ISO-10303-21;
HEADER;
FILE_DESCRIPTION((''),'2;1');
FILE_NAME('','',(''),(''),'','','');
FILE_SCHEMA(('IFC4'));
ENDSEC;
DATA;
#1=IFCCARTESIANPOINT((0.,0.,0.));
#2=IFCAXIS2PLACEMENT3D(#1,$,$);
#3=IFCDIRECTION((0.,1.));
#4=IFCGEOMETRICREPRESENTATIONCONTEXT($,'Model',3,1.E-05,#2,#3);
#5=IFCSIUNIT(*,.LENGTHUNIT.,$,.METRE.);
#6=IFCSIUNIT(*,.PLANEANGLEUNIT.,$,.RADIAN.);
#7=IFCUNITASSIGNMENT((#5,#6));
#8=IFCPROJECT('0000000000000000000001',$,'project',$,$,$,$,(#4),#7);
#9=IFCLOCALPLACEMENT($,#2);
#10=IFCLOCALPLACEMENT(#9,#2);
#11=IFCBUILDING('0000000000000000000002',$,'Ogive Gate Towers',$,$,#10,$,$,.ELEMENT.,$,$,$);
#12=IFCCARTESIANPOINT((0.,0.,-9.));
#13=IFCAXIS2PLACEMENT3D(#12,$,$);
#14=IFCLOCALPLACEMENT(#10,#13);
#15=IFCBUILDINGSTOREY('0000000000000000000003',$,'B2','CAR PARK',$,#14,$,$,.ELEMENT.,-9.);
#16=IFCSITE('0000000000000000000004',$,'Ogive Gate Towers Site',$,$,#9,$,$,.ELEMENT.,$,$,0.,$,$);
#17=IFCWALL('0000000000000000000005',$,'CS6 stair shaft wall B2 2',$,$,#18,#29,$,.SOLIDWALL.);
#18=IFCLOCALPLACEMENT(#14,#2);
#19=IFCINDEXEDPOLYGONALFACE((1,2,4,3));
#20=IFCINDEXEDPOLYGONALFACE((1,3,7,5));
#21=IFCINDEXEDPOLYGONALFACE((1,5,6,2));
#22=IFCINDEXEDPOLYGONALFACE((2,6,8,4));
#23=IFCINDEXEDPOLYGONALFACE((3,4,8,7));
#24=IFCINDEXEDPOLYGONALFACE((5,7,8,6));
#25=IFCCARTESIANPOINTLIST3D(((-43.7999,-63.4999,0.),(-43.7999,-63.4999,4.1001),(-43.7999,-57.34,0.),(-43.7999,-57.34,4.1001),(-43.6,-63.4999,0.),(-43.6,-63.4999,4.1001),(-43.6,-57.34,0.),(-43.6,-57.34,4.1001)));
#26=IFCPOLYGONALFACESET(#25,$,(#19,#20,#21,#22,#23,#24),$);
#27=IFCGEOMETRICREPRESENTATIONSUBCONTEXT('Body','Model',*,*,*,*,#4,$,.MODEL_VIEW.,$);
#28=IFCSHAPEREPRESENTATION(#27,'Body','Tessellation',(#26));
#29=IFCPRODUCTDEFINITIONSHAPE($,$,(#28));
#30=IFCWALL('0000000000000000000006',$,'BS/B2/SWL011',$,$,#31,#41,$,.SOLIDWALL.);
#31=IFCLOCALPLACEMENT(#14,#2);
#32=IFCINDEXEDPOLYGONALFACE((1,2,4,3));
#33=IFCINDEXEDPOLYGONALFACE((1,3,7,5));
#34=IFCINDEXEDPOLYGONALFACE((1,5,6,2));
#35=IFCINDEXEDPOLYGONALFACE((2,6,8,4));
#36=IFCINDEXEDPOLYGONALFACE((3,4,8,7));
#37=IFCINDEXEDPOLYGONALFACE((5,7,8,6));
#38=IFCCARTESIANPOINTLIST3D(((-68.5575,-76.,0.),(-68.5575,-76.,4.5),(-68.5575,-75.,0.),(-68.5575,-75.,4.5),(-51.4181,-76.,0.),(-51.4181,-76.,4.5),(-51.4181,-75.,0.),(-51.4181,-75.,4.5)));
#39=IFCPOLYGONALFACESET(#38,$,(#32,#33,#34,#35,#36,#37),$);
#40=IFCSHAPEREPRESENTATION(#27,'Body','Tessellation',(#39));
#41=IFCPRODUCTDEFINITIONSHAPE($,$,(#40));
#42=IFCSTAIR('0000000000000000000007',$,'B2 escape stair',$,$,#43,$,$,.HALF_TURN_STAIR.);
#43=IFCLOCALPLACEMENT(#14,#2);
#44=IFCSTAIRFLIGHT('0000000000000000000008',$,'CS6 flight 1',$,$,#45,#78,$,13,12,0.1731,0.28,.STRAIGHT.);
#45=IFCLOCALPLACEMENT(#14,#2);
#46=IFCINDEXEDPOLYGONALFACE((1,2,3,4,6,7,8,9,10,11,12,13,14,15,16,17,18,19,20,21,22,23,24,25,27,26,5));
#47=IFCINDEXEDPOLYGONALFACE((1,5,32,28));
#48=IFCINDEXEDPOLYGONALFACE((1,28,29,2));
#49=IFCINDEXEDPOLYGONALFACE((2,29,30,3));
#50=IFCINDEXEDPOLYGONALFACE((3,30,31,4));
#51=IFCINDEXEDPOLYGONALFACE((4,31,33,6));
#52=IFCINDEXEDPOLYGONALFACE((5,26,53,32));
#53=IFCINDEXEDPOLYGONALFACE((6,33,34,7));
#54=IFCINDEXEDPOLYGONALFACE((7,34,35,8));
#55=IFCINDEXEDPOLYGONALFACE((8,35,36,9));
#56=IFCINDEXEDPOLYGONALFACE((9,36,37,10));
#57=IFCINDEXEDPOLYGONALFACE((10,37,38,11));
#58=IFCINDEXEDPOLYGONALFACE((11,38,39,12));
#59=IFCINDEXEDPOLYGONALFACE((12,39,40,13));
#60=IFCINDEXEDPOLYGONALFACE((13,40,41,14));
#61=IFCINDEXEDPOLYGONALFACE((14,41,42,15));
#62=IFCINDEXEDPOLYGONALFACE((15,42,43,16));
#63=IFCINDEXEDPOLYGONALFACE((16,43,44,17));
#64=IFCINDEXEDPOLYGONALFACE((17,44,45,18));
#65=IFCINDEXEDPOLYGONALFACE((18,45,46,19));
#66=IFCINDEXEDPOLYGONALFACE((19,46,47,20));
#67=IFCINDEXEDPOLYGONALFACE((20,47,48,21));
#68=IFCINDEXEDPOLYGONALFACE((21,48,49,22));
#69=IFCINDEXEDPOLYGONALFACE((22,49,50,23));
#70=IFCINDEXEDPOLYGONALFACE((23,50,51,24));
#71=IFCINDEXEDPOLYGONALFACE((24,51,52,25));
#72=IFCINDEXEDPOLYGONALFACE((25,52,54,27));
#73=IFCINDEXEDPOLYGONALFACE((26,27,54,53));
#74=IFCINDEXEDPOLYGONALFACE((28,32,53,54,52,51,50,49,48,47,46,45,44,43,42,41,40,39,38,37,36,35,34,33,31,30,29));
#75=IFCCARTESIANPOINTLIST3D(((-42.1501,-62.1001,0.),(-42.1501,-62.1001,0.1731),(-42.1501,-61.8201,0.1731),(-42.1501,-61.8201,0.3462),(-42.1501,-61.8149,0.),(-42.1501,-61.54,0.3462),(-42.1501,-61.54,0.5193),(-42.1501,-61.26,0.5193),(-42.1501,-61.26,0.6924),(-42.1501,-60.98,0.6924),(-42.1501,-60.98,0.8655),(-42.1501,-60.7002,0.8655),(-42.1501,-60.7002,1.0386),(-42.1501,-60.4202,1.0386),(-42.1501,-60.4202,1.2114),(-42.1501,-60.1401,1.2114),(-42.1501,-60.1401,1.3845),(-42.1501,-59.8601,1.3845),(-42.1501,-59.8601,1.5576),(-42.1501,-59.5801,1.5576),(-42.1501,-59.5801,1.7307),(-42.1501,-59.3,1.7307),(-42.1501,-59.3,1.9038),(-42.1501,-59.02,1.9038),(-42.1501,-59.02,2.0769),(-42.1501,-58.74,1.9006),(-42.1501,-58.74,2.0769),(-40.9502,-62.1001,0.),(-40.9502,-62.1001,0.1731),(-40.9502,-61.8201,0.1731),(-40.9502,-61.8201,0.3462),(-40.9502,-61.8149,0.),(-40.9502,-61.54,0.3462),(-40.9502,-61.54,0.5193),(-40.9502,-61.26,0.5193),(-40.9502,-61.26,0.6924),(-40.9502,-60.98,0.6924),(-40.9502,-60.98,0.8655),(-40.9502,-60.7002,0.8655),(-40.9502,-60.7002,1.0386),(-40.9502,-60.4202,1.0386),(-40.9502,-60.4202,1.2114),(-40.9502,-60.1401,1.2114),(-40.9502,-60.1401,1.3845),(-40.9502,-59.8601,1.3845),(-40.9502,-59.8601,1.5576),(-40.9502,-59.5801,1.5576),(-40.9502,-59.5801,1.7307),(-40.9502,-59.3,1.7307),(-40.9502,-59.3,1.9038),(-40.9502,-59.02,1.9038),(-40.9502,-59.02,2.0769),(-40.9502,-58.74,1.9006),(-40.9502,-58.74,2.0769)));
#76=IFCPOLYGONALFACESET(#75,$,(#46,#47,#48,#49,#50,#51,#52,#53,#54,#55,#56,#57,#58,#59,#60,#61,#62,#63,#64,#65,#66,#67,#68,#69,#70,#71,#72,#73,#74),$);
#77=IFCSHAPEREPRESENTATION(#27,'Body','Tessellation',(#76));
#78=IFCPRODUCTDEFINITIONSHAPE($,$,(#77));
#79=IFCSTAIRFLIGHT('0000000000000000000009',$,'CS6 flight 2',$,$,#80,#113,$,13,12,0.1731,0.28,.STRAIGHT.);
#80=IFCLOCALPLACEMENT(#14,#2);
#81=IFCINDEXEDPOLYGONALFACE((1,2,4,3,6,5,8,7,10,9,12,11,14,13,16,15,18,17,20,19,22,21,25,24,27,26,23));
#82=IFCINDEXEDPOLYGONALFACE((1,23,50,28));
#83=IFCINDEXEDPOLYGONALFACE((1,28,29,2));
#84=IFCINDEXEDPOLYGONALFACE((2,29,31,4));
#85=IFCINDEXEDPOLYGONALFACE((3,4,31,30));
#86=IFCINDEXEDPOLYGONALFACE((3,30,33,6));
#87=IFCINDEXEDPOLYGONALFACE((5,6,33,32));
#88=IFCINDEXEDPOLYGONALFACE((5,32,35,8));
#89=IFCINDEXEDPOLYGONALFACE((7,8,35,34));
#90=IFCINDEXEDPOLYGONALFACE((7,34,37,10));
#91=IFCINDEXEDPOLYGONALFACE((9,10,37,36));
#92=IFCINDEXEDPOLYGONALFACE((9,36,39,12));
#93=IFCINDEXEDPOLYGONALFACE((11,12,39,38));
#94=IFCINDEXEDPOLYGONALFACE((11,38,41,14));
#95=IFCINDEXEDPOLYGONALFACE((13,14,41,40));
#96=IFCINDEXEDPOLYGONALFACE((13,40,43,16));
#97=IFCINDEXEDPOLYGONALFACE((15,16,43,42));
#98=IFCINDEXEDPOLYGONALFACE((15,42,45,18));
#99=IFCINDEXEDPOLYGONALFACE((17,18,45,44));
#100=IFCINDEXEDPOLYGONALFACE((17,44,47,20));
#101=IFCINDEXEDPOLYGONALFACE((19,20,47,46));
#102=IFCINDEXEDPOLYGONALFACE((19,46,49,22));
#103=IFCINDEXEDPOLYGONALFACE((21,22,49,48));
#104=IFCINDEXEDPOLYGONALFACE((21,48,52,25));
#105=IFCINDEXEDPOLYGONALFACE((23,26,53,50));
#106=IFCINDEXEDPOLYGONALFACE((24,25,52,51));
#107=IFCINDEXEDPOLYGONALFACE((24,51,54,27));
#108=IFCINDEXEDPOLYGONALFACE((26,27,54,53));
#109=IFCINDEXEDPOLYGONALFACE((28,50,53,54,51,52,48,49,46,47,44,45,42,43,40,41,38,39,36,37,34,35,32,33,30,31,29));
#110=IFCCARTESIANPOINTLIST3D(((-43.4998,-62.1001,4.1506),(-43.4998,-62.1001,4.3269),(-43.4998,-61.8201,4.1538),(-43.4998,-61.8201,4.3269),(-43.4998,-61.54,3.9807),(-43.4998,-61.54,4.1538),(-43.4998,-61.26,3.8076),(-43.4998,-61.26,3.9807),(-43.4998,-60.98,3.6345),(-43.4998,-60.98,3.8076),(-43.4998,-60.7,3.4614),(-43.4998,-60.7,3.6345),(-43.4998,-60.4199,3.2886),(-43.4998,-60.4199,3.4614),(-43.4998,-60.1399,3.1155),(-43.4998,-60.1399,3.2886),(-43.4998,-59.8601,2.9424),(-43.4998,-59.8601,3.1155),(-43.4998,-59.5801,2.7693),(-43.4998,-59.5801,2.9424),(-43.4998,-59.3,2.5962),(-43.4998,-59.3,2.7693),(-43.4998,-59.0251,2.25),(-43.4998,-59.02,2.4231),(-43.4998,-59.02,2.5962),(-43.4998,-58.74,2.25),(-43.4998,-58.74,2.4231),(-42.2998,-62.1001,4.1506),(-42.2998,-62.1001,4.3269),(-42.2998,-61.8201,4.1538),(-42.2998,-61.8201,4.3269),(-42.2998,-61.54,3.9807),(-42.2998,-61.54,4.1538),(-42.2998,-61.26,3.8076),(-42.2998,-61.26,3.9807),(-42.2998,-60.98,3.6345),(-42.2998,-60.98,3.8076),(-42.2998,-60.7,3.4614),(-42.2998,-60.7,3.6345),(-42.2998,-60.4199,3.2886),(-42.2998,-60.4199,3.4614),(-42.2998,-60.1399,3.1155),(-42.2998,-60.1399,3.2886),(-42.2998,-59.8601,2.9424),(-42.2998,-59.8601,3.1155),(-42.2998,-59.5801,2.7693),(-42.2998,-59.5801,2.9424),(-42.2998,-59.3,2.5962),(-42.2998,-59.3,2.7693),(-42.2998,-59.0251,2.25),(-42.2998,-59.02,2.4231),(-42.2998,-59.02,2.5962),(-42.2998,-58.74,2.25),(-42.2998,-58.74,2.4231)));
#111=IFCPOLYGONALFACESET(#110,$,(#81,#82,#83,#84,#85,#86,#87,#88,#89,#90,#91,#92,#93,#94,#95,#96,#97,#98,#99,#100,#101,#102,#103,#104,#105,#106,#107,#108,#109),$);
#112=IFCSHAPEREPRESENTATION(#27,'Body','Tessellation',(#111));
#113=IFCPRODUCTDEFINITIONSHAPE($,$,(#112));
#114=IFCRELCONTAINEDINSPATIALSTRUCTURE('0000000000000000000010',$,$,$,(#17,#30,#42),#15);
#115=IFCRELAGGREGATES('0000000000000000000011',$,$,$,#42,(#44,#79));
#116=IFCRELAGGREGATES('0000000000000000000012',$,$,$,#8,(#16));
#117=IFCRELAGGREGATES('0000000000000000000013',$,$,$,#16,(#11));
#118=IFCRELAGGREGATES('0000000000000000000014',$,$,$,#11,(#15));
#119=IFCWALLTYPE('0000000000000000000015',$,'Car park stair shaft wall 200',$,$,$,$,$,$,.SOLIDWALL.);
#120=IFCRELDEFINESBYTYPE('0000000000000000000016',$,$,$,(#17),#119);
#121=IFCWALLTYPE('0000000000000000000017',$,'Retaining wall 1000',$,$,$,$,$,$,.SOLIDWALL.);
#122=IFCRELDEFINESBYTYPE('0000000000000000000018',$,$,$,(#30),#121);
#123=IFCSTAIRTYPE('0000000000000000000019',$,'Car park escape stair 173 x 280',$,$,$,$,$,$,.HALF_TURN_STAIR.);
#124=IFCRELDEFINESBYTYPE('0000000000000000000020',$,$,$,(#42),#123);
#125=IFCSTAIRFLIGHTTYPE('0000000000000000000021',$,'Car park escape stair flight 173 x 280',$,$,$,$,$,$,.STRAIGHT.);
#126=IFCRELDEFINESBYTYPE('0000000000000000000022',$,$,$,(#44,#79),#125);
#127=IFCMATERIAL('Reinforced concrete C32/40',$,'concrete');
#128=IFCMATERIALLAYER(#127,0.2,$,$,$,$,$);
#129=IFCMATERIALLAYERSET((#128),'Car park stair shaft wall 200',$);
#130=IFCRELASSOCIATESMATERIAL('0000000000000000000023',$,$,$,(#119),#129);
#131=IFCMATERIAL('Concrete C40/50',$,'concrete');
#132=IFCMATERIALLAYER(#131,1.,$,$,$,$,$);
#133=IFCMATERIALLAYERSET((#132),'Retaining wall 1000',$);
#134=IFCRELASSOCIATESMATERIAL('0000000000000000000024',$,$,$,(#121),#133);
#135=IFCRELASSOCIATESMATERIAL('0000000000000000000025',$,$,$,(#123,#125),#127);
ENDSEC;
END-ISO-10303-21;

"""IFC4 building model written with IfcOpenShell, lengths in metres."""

from ifc_helpers import new_model, si_unit, direction, frame, frame_2d, origin, place, context, subcontext, project, spatial, polyline, rectangle, outline, extrude, material, layer, layer_set, type_object, element, aggregate, save


model = new_model("IFC4")

# Units and contexts
model_context = context("Model", 3, precision=1e-05, world=origin(), true_north=direction((0.0, 1.0)))
body_context = subcontext(model_context, "Body", "Model", "MODEL_VIEW")
ifc_project = project(units=[si_unit("LENGTHUNIT", "METRE"), si_unit("PLANEANGLEUNIT", "RADIAN")], contexts=[model_context])

# Site, building, storey
site_placement = place(None, origin())
site = spatial("IfcSite", under=ifc_project, at=site_placement, Name="Ogive Gate Towers Site", CompositionType="ELEMENT", RefElevation=0.0)
building_placement = place(site_placement, origin())
building = spatial("IfcBuilding", under=site, at=building_placement, Name="Ogive Gate Towers", CompositionType="ELEMENT")
storey_placement = place(building_placement, frame((0.0, 0.0, -9.0)))
storey = spatial("IfcBuildingStorey", under=building, at=storey_placement, Name="B2", Description="CAR PARK", CompositionType="ELEMENT", Elevation=-9.0)

# Shared definitions
ifc_material_1 = material(Name="Concrete C40/50", Category="concrete")

# Shared definitions
ifc_material_2 = material(Name="Reinforced concrete C32/40", Category="concrete")
ifc_layer_1 = layer(ifc_material_2, 0.2)
ifc_layer_set_1 = layer_set([ifc_layer_1], Name="Car park stair shaft wall 200")
wall_type_1 = type_object("IfcWallType", Name="Car park stair shaft wall 200", PredefinedType="SOLIDWALL", material=ifc_layer_set_1)

# Walls
wall_1_placement = place(storey_placement, frame((-43.7, -63.5, 0.0), z_axis=(0.0, 0.0, 1.0), x_axis=(0.0, 1.0, 0.0)))
element("IfcWall", 1, at=wall_1_placement, inside=storey, type_object=wall_type_1, Name="CS6 stair shaft wall B2 2", PredefinedType="SOLIDWALL", context=body_context, shape_type="SweptSolid", body=[
    extrude(rectangle(XDim=6.1599, YDim=0.2, at=frame_2d((3.0801, 0.0))), origin(), (0.0, 0.0, 1.0), 4.1001),
])
ifc_layer_2 = layer(ifc_material_1, 1.0)
ifc_layer_set_2 = layer_set([ifc_layer_2], Name="Retaining wall 1000")
wall_type_2 = type_object("IfcWallType", Name="Retaining wall 1000", PredefinedType="SOLIDWALL", material=ifc_layer_set_2)
wall_2_placement = place(storey_placement, frame((-51.418, -75.5, 0.0), z_axis=(0.0, 0.0, 1.0), x_axis=(-1.0, 0.0, 0.0)))
element("IfcWall", 2, at=wall_2_placement, inside=storey, type_object=wall_type_2, Name="BS/B2/SWL011", PredefinedType="SOLIDWALL", context=body_context, shape_type="SweptSolid", body=[
    extrude(rectangle(XDim=17.1394, YDim=1.0, at=frame_2d((8.5698, 0.0))), origin(), (0.0, 0.0, 1.0), 4.5),
])

# Stair, stair flights
stair_type = type_object("IfcStairType", Name="Car park escape stair 173 x 280", PredefinedType="HALF_TURN_STAIR", material=ifc_material_2)
stair_placement = place(storey_placement, origin())
stair = element("IfcStair", 3, at=stair_placement, inside=storey, type_object=stair_type, Name="B2 escape stair", PredefinedType="HALF_TURN_STAIR")
stair_flight_type = type_object("IfcStairFlightType", Name="Car park escape stair flight 173 x 280", PredefinedType="STRAIGHT", material=ifc_material_2)
stair_flight_1_placement = place(storey_placement, frame((-41.55, -62.1001, 0.0), z_axis=(0.0, 0.0, 1.0), x_axis=(0.0, 1.0, 0.0)))
stair_flight_1 = element("IfcStairFlight", 4, at=stair_flight_1_placement, type_object=stair_flight_type, Name="CS6 flight 1", NumberOfRisers=13, NumberOfTreads=12, PredefinedType="STRAIGHT", RiserHeight=0.1731, TreadLength=0.28, context=body_context, shape_type="SweptSolid", body=[
    extrude(outline(polyline([(0.0, 0.0), (0.0, 0.1731), (0.28, 0.1731), (0.28, 0.3462), (0.5601, 0.3462), (0.5601, 0.5193), (0.8401, 0.5193), (0.8401, 0.6924), (1.1201, 0.6924), (1.1201, 0.8655), (1.3999, 0.8655), (1.3999, 1.0386), (1.6799, 1.0386), (1.6799, 1.2114), (1.96, 1.2114), (1.96, 1.3845), (2.24, 1.3845), (2.24, 1.5576), (2.52, 1.5576), (2.52, 1.7307), (2.8, 1.7307), (2.8, 1.9038), (3.0801, 1.9038), (3.0801, 2.0769), (3.3601, 2.0769), (3.3601, 2.25), (3.3601, 1.9006), (0.2852, 0.0), (0.0, 0.0)])), frame((0.0, 0.6001, 0.0), z_axis=(0.0, -1.0, 0.0), x_axis=(1.0, 0.0, 0.0)), (0.0, 0.0, 1.0), 1.2),
])
stair_flight_2_placement = place(storey_placement, frame((-42.8999, -58.74, 2.25), z_axis=(0.0, 0.0, 1.0), x_axis=(0.0, -1.0, 0.0)))
stair_flight_2 = element("IfcStairFlight", 5, at=stair_flight_2_placement, type_object=stair_flight_type, Name="CS6 flight 2", NumberOfRisers=13, NumberOfTreads=12, PredefinedType="STRAIGHT", RiserHeight=0.1731, TreadLength=0.28, context=body_context, shape_type="SweptSolid", body=[
    extrude(outline(polyline([(0.0, 0.0), (0.0, 0.1731), (0.28, 0.1731), (0.28, 0.3462), (0.5601, 0.3462), (0.5601, 0.5193), (0.8401, 0.5193), (0.8401, 0.6924), (1.1201, 0.6924), (1.1201, 0.8655), (1.3999, 0.8655), (1.3999, 1.0386), (1.6799, 1.0386), (1.6799, 1.2114), (1.96, 1.2114), (1.96, 1.3845), (2.24, 1.3845), (2.24, 1.5576), (2.52, 1.5576), (2.52, 1.7307), (2.8, 1.7307), (2.8, 1.9038), (3.0801, 1.9038), (3.0801, 2.0769), (3.3601, 2.0769), (3.3601, 2.25), (3.3601, 1.9006), (0.2852, 0.0), (0.0, 0.0)])), frame((0.0, 0.6001, 0.0), z_axis=(0.0, -1.0, 0.0), x_axis=(1.0, 0.0, 0.0)), (0.0, 0.0, 1.0), 1.2),
])
aggregate(stair, [stair_flight_1, stair_flight_2])

save(model, "model.ifc")
